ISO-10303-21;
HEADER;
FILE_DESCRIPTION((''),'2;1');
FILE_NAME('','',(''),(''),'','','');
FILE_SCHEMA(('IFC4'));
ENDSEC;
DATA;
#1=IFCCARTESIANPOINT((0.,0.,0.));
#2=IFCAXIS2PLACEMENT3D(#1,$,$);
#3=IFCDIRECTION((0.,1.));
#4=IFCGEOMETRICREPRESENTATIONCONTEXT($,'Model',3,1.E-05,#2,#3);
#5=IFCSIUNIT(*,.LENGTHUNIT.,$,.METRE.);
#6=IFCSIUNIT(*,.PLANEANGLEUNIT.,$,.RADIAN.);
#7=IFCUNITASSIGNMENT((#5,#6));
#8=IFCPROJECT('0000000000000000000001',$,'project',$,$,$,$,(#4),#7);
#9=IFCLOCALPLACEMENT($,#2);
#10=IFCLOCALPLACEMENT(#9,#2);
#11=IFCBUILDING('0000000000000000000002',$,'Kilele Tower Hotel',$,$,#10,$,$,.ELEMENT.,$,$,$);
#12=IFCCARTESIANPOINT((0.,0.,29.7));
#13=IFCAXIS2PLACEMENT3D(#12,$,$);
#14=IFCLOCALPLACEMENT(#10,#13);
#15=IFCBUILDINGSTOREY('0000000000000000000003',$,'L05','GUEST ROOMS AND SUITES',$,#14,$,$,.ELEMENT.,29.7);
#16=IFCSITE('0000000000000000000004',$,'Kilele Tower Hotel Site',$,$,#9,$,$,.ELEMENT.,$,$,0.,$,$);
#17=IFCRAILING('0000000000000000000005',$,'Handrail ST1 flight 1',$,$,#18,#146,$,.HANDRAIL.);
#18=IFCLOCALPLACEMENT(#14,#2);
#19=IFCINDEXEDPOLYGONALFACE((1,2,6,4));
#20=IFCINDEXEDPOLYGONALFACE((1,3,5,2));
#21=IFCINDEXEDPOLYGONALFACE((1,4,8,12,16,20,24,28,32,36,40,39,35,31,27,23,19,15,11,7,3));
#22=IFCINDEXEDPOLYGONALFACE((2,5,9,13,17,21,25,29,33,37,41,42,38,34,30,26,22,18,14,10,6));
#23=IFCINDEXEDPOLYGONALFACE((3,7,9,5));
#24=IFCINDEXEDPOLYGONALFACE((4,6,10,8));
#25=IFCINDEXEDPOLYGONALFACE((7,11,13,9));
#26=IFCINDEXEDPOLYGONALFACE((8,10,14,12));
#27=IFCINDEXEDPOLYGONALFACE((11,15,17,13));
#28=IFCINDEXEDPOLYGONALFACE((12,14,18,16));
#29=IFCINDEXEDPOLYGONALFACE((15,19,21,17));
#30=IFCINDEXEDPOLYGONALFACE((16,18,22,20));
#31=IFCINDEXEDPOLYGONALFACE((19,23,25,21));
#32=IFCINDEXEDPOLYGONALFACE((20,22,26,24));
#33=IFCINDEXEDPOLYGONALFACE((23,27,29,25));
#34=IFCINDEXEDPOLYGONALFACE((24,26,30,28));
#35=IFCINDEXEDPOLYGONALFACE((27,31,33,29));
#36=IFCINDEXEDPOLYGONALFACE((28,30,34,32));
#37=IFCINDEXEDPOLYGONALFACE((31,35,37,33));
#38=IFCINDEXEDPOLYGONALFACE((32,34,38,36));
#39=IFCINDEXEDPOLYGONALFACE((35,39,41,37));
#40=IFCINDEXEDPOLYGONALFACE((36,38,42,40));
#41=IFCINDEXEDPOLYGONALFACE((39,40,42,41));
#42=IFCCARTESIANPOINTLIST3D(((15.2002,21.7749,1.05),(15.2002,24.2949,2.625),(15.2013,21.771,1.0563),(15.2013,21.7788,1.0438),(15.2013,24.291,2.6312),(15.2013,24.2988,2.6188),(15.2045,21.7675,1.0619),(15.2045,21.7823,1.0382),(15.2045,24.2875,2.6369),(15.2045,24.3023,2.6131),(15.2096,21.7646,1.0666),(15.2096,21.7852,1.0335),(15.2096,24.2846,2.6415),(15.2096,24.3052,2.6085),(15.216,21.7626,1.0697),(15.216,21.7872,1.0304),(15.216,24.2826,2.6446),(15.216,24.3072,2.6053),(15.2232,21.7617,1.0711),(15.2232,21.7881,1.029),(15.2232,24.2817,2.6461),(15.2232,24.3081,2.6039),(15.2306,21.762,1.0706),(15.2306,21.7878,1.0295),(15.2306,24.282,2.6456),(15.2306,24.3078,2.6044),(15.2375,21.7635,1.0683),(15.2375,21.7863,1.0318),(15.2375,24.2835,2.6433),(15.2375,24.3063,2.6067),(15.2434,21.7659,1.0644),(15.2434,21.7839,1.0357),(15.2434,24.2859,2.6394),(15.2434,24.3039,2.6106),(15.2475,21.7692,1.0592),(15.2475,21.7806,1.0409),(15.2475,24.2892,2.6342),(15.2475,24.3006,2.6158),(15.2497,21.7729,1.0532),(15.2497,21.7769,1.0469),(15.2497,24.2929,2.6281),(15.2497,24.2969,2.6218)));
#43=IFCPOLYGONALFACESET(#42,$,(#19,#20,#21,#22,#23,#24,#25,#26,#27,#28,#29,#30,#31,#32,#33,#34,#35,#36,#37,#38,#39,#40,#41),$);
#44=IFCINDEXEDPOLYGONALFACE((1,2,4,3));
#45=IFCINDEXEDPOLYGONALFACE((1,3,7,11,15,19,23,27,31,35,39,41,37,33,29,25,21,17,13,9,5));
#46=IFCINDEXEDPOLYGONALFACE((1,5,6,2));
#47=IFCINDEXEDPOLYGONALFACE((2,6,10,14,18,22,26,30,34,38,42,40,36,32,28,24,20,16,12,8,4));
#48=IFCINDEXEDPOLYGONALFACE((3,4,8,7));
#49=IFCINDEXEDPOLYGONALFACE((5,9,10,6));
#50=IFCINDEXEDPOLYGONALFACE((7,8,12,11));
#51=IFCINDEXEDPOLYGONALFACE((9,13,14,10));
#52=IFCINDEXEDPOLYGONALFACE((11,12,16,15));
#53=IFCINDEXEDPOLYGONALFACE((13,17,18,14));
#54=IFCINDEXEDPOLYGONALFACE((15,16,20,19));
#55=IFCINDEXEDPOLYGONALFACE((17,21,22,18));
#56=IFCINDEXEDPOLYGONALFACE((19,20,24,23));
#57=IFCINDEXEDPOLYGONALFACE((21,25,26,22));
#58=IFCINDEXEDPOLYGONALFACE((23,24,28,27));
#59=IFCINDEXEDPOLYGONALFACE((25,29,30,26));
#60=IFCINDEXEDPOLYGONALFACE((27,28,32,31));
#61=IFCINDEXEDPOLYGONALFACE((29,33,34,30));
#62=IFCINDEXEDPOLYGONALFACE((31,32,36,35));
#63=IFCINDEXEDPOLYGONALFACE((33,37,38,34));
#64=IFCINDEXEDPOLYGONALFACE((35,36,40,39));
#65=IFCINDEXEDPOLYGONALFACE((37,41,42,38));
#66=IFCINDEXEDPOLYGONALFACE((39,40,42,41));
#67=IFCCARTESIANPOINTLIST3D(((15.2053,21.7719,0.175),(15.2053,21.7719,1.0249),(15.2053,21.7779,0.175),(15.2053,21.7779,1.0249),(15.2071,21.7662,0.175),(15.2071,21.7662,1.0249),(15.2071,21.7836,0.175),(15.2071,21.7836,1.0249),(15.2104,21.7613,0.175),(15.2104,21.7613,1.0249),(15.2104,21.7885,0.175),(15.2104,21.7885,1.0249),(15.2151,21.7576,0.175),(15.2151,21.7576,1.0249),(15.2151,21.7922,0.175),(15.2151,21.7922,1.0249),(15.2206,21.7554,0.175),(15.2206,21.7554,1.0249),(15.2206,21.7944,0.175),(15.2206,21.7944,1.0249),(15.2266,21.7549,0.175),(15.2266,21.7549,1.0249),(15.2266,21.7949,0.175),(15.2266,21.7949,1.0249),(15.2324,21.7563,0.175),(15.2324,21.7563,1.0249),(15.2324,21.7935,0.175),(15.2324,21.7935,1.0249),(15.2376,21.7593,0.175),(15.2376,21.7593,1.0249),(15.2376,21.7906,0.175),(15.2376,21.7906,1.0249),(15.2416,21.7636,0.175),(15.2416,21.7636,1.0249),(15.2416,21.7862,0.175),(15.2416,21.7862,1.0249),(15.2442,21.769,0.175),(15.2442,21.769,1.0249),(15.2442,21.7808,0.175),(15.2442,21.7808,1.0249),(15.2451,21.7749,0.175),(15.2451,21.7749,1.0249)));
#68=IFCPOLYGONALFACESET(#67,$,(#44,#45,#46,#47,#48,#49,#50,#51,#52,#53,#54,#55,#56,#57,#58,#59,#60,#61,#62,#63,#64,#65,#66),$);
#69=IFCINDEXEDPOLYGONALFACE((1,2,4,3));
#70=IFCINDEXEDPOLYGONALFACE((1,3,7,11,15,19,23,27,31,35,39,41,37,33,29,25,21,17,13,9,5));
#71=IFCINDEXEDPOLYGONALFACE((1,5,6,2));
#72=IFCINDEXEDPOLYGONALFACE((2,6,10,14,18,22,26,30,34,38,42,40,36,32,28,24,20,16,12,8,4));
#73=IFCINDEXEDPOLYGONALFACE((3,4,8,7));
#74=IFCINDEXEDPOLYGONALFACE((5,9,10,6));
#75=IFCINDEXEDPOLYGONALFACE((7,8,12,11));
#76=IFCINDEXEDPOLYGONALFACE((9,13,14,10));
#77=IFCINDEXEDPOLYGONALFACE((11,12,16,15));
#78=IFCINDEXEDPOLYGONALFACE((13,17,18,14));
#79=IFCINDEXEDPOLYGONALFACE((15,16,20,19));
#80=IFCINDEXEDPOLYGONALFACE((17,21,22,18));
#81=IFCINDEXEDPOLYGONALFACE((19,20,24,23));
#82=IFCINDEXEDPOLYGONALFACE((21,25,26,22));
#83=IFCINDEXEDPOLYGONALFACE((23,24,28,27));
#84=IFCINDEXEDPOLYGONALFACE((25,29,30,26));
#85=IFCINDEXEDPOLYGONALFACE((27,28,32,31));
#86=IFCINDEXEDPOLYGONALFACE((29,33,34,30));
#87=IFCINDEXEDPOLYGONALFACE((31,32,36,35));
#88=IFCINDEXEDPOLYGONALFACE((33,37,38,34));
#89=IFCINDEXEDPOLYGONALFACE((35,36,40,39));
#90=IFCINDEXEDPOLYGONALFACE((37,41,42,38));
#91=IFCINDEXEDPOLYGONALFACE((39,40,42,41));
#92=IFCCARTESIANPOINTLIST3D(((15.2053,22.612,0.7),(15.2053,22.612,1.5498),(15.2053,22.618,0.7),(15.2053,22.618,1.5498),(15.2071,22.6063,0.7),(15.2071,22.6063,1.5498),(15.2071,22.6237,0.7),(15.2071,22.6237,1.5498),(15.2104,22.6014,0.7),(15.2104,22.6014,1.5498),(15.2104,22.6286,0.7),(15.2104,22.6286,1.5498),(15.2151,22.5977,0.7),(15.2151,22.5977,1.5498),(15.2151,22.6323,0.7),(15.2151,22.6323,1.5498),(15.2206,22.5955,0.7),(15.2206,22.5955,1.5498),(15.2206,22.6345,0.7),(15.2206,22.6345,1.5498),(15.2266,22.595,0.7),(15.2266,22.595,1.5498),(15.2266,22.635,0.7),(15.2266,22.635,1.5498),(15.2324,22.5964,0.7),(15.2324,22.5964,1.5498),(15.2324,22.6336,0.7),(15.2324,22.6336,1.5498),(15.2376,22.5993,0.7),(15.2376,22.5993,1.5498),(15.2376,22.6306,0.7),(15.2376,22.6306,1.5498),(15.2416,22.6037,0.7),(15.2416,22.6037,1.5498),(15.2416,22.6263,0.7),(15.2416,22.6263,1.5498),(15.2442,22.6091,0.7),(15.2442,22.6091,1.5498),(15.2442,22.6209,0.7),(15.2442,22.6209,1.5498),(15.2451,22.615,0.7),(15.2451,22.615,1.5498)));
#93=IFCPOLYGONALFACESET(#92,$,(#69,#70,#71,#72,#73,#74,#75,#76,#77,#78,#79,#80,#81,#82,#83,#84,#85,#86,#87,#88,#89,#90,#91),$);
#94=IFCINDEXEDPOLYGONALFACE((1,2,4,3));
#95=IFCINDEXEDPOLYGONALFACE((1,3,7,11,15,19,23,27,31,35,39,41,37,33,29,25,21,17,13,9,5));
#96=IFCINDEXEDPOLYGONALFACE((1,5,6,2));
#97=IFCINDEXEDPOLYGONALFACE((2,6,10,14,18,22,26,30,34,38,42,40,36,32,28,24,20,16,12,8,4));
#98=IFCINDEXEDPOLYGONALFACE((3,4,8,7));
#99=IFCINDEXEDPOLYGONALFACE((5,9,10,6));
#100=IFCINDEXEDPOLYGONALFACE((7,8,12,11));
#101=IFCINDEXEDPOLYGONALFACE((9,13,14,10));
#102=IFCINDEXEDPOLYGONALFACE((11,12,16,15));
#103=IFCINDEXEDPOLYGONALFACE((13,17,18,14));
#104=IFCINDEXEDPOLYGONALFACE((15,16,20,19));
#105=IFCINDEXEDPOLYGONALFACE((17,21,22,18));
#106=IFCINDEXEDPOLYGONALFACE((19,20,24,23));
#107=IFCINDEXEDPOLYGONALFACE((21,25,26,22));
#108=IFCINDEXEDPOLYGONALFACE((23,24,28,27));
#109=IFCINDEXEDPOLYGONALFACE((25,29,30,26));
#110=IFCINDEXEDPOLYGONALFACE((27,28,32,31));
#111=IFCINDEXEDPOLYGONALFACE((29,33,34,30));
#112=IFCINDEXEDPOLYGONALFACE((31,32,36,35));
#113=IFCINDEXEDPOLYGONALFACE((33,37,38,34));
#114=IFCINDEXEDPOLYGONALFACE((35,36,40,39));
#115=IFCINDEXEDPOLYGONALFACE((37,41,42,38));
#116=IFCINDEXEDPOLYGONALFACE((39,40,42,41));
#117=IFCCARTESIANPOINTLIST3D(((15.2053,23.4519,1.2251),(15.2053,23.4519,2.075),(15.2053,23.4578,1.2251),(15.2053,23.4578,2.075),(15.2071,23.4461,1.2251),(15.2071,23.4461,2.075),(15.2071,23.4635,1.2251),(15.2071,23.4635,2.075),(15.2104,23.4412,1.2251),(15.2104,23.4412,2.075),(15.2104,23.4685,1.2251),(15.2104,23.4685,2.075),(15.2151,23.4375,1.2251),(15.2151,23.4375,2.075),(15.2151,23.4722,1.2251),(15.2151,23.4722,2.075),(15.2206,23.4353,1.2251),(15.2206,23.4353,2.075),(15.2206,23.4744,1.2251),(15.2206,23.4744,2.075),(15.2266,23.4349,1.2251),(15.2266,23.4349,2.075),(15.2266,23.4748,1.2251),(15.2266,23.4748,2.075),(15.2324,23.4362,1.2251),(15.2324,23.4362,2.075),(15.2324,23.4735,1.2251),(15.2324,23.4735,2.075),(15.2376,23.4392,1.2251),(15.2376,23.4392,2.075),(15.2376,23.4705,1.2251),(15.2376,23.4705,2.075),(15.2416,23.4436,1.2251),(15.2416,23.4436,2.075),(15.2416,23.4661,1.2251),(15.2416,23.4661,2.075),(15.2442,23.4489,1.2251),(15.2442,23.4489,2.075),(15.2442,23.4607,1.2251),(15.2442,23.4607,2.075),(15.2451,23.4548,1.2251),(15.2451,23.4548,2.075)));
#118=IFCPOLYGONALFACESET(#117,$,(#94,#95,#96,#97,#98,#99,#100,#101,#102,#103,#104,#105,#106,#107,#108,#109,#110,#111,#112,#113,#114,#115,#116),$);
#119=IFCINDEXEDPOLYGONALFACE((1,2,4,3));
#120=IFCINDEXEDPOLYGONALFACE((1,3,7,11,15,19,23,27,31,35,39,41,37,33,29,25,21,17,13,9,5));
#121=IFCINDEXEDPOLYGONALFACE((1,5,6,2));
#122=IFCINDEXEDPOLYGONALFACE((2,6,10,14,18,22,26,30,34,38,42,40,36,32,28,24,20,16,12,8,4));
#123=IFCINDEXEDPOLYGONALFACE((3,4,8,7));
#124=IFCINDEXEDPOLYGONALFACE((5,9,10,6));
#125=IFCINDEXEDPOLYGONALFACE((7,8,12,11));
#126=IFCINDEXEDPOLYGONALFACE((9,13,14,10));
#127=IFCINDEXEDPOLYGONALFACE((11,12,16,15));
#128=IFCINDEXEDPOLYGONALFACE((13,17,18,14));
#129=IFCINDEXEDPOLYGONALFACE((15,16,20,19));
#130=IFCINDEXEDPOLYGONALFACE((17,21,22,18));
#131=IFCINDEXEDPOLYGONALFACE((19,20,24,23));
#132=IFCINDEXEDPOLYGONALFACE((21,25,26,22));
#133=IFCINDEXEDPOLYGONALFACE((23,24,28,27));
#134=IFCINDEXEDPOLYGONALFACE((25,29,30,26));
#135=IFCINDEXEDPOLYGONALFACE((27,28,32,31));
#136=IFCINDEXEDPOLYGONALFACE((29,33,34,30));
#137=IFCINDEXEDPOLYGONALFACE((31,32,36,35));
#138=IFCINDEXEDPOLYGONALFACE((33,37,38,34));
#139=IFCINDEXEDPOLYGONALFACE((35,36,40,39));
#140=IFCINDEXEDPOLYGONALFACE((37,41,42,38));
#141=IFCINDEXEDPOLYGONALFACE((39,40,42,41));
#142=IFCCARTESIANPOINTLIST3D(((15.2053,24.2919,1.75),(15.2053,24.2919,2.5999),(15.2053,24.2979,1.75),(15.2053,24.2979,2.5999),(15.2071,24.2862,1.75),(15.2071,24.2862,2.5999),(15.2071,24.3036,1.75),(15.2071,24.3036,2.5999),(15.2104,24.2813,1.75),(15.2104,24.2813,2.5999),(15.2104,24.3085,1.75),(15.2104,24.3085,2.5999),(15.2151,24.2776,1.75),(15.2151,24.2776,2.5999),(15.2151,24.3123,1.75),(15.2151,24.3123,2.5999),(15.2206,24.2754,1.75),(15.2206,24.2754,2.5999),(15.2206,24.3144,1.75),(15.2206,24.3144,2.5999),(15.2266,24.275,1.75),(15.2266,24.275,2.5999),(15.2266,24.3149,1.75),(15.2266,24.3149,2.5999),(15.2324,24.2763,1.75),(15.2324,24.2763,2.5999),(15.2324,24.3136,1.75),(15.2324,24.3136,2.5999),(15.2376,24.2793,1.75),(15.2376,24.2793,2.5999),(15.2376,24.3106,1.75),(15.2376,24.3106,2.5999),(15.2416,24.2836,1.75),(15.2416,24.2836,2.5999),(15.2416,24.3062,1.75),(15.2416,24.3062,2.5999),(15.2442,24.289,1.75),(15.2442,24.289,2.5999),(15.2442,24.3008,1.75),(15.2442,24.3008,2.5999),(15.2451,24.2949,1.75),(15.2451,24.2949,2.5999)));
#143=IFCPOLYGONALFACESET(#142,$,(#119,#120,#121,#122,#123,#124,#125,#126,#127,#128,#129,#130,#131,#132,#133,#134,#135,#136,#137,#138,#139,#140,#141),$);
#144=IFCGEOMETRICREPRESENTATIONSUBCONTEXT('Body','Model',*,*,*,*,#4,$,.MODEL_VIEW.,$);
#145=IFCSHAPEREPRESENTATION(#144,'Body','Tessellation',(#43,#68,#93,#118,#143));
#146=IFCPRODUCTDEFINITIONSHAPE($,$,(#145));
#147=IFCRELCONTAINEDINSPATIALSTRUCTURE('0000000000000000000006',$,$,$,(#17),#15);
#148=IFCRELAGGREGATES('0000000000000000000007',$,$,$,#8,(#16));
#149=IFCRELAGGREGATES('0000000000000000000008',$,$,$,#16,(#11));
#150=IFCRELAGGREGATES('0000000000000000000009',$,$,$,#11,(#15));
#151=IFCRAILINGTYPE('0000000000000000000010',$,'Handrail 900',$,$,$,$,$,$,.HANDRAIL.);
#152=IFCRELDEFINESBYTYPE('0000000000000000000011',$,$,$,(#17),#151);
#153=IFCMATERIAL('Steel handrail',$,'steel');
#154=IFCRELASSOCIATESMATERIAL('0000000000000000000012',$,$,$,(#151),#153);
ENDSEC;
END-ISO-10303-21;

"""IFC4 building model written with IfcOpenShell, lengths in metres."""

from ifc_helpers import new_model, si_unit, direction, frame, origin, origin_2d, place, context, subcontext, project, spatial, circle, extrude, material, type_object, element, save


model = new_model("IFC4")

# Units and contexts
model_context = context("Model", 3, precision=1e-05, world=origin(), true_north=direction((0.0, 1.0)))
body_context = subcontext(model_context, "Body", "Model", "MODEL_VIEW")
ifc_project = project(units=[si_unit("LENGTHUNIT", "METRE"), si_unit("PLANEANGLEUNIT", "RADIAN")], contexts=[model_context])

# Site, building, storey
site_placement = place(None, origin())
site = spatial("IfcSite", under=ifc_project, at=site_placement, Name="Kilele Tower Hotel Site", CompositionType="ELEMENT", RefElevation=0.0)
building_placement = place(site_placement, origin())
building = spatial("IfcBuilding", under=site, at=building_placement, Name="Kilele Tower Hotel", CompositionType="ELEMENT")
storey_placement = place(building_placement, frame((0.0, 0.0, 29.7)))
storey = spatial("IfcBuildingStorey", under=building, at=storey_placement, Name="L05", Description="GUEST ROOMS AND SUITES", CompositionType="ELEMENT", Elevation=29.7)

# Railing
ifc_material_1 = material(Name="Steel handrail", Category="steel")
railing_type_1 = type_object("IfcRailingType", Name="Handrail 900", PredefinedType="HANDRAIL", material=ifc_material_1)
for number, where, name in (
    (1, (15.2251, 21.7749, 0.175), "Handrail ST1 flight 1"),
):
    element("IfcRailing", number, at=place(storey_placement, frame(where)), inside=storey, type_object=railing_type_1, Name=name, PredefinedType="HANDRAIL", context=body_context, shape_type="SweptSolid", body=[
        extrude(circle(Radius=0.0249, at=origin_2d()), frame((0.0, 0.0, 0.875), z_axis=(0.0, 0.848008, 0.529984), x_axis=(-1.0, 0.0, 0.0)), (0.0, 0.0, 1.0), 2.9717),
        extrude(circle(Radius=0.02, at=origin_2d()), origin(), (0.0, 0.0, 1.0), 0.8499),
        extrude(circle(Radius=0.02, at=origin_2d()), frame((0.0, 0.8401, 0.5249)), (0.0, 0.0, 1.0), 0.8499),
        extrude(circle(Radius=0.02, at=origin_2d()), frame((0.0, 1.6799, 1.05)), (0.0, 0.0, 1.0), 0.8499),
        extrude(circle(Radius=0.02, at=origin_2d()), frame((0.0, 2.52, 1.575)), (0.0, 0.0, 1.0), 0.8499),
    ])

save(model, "model.ifc")
